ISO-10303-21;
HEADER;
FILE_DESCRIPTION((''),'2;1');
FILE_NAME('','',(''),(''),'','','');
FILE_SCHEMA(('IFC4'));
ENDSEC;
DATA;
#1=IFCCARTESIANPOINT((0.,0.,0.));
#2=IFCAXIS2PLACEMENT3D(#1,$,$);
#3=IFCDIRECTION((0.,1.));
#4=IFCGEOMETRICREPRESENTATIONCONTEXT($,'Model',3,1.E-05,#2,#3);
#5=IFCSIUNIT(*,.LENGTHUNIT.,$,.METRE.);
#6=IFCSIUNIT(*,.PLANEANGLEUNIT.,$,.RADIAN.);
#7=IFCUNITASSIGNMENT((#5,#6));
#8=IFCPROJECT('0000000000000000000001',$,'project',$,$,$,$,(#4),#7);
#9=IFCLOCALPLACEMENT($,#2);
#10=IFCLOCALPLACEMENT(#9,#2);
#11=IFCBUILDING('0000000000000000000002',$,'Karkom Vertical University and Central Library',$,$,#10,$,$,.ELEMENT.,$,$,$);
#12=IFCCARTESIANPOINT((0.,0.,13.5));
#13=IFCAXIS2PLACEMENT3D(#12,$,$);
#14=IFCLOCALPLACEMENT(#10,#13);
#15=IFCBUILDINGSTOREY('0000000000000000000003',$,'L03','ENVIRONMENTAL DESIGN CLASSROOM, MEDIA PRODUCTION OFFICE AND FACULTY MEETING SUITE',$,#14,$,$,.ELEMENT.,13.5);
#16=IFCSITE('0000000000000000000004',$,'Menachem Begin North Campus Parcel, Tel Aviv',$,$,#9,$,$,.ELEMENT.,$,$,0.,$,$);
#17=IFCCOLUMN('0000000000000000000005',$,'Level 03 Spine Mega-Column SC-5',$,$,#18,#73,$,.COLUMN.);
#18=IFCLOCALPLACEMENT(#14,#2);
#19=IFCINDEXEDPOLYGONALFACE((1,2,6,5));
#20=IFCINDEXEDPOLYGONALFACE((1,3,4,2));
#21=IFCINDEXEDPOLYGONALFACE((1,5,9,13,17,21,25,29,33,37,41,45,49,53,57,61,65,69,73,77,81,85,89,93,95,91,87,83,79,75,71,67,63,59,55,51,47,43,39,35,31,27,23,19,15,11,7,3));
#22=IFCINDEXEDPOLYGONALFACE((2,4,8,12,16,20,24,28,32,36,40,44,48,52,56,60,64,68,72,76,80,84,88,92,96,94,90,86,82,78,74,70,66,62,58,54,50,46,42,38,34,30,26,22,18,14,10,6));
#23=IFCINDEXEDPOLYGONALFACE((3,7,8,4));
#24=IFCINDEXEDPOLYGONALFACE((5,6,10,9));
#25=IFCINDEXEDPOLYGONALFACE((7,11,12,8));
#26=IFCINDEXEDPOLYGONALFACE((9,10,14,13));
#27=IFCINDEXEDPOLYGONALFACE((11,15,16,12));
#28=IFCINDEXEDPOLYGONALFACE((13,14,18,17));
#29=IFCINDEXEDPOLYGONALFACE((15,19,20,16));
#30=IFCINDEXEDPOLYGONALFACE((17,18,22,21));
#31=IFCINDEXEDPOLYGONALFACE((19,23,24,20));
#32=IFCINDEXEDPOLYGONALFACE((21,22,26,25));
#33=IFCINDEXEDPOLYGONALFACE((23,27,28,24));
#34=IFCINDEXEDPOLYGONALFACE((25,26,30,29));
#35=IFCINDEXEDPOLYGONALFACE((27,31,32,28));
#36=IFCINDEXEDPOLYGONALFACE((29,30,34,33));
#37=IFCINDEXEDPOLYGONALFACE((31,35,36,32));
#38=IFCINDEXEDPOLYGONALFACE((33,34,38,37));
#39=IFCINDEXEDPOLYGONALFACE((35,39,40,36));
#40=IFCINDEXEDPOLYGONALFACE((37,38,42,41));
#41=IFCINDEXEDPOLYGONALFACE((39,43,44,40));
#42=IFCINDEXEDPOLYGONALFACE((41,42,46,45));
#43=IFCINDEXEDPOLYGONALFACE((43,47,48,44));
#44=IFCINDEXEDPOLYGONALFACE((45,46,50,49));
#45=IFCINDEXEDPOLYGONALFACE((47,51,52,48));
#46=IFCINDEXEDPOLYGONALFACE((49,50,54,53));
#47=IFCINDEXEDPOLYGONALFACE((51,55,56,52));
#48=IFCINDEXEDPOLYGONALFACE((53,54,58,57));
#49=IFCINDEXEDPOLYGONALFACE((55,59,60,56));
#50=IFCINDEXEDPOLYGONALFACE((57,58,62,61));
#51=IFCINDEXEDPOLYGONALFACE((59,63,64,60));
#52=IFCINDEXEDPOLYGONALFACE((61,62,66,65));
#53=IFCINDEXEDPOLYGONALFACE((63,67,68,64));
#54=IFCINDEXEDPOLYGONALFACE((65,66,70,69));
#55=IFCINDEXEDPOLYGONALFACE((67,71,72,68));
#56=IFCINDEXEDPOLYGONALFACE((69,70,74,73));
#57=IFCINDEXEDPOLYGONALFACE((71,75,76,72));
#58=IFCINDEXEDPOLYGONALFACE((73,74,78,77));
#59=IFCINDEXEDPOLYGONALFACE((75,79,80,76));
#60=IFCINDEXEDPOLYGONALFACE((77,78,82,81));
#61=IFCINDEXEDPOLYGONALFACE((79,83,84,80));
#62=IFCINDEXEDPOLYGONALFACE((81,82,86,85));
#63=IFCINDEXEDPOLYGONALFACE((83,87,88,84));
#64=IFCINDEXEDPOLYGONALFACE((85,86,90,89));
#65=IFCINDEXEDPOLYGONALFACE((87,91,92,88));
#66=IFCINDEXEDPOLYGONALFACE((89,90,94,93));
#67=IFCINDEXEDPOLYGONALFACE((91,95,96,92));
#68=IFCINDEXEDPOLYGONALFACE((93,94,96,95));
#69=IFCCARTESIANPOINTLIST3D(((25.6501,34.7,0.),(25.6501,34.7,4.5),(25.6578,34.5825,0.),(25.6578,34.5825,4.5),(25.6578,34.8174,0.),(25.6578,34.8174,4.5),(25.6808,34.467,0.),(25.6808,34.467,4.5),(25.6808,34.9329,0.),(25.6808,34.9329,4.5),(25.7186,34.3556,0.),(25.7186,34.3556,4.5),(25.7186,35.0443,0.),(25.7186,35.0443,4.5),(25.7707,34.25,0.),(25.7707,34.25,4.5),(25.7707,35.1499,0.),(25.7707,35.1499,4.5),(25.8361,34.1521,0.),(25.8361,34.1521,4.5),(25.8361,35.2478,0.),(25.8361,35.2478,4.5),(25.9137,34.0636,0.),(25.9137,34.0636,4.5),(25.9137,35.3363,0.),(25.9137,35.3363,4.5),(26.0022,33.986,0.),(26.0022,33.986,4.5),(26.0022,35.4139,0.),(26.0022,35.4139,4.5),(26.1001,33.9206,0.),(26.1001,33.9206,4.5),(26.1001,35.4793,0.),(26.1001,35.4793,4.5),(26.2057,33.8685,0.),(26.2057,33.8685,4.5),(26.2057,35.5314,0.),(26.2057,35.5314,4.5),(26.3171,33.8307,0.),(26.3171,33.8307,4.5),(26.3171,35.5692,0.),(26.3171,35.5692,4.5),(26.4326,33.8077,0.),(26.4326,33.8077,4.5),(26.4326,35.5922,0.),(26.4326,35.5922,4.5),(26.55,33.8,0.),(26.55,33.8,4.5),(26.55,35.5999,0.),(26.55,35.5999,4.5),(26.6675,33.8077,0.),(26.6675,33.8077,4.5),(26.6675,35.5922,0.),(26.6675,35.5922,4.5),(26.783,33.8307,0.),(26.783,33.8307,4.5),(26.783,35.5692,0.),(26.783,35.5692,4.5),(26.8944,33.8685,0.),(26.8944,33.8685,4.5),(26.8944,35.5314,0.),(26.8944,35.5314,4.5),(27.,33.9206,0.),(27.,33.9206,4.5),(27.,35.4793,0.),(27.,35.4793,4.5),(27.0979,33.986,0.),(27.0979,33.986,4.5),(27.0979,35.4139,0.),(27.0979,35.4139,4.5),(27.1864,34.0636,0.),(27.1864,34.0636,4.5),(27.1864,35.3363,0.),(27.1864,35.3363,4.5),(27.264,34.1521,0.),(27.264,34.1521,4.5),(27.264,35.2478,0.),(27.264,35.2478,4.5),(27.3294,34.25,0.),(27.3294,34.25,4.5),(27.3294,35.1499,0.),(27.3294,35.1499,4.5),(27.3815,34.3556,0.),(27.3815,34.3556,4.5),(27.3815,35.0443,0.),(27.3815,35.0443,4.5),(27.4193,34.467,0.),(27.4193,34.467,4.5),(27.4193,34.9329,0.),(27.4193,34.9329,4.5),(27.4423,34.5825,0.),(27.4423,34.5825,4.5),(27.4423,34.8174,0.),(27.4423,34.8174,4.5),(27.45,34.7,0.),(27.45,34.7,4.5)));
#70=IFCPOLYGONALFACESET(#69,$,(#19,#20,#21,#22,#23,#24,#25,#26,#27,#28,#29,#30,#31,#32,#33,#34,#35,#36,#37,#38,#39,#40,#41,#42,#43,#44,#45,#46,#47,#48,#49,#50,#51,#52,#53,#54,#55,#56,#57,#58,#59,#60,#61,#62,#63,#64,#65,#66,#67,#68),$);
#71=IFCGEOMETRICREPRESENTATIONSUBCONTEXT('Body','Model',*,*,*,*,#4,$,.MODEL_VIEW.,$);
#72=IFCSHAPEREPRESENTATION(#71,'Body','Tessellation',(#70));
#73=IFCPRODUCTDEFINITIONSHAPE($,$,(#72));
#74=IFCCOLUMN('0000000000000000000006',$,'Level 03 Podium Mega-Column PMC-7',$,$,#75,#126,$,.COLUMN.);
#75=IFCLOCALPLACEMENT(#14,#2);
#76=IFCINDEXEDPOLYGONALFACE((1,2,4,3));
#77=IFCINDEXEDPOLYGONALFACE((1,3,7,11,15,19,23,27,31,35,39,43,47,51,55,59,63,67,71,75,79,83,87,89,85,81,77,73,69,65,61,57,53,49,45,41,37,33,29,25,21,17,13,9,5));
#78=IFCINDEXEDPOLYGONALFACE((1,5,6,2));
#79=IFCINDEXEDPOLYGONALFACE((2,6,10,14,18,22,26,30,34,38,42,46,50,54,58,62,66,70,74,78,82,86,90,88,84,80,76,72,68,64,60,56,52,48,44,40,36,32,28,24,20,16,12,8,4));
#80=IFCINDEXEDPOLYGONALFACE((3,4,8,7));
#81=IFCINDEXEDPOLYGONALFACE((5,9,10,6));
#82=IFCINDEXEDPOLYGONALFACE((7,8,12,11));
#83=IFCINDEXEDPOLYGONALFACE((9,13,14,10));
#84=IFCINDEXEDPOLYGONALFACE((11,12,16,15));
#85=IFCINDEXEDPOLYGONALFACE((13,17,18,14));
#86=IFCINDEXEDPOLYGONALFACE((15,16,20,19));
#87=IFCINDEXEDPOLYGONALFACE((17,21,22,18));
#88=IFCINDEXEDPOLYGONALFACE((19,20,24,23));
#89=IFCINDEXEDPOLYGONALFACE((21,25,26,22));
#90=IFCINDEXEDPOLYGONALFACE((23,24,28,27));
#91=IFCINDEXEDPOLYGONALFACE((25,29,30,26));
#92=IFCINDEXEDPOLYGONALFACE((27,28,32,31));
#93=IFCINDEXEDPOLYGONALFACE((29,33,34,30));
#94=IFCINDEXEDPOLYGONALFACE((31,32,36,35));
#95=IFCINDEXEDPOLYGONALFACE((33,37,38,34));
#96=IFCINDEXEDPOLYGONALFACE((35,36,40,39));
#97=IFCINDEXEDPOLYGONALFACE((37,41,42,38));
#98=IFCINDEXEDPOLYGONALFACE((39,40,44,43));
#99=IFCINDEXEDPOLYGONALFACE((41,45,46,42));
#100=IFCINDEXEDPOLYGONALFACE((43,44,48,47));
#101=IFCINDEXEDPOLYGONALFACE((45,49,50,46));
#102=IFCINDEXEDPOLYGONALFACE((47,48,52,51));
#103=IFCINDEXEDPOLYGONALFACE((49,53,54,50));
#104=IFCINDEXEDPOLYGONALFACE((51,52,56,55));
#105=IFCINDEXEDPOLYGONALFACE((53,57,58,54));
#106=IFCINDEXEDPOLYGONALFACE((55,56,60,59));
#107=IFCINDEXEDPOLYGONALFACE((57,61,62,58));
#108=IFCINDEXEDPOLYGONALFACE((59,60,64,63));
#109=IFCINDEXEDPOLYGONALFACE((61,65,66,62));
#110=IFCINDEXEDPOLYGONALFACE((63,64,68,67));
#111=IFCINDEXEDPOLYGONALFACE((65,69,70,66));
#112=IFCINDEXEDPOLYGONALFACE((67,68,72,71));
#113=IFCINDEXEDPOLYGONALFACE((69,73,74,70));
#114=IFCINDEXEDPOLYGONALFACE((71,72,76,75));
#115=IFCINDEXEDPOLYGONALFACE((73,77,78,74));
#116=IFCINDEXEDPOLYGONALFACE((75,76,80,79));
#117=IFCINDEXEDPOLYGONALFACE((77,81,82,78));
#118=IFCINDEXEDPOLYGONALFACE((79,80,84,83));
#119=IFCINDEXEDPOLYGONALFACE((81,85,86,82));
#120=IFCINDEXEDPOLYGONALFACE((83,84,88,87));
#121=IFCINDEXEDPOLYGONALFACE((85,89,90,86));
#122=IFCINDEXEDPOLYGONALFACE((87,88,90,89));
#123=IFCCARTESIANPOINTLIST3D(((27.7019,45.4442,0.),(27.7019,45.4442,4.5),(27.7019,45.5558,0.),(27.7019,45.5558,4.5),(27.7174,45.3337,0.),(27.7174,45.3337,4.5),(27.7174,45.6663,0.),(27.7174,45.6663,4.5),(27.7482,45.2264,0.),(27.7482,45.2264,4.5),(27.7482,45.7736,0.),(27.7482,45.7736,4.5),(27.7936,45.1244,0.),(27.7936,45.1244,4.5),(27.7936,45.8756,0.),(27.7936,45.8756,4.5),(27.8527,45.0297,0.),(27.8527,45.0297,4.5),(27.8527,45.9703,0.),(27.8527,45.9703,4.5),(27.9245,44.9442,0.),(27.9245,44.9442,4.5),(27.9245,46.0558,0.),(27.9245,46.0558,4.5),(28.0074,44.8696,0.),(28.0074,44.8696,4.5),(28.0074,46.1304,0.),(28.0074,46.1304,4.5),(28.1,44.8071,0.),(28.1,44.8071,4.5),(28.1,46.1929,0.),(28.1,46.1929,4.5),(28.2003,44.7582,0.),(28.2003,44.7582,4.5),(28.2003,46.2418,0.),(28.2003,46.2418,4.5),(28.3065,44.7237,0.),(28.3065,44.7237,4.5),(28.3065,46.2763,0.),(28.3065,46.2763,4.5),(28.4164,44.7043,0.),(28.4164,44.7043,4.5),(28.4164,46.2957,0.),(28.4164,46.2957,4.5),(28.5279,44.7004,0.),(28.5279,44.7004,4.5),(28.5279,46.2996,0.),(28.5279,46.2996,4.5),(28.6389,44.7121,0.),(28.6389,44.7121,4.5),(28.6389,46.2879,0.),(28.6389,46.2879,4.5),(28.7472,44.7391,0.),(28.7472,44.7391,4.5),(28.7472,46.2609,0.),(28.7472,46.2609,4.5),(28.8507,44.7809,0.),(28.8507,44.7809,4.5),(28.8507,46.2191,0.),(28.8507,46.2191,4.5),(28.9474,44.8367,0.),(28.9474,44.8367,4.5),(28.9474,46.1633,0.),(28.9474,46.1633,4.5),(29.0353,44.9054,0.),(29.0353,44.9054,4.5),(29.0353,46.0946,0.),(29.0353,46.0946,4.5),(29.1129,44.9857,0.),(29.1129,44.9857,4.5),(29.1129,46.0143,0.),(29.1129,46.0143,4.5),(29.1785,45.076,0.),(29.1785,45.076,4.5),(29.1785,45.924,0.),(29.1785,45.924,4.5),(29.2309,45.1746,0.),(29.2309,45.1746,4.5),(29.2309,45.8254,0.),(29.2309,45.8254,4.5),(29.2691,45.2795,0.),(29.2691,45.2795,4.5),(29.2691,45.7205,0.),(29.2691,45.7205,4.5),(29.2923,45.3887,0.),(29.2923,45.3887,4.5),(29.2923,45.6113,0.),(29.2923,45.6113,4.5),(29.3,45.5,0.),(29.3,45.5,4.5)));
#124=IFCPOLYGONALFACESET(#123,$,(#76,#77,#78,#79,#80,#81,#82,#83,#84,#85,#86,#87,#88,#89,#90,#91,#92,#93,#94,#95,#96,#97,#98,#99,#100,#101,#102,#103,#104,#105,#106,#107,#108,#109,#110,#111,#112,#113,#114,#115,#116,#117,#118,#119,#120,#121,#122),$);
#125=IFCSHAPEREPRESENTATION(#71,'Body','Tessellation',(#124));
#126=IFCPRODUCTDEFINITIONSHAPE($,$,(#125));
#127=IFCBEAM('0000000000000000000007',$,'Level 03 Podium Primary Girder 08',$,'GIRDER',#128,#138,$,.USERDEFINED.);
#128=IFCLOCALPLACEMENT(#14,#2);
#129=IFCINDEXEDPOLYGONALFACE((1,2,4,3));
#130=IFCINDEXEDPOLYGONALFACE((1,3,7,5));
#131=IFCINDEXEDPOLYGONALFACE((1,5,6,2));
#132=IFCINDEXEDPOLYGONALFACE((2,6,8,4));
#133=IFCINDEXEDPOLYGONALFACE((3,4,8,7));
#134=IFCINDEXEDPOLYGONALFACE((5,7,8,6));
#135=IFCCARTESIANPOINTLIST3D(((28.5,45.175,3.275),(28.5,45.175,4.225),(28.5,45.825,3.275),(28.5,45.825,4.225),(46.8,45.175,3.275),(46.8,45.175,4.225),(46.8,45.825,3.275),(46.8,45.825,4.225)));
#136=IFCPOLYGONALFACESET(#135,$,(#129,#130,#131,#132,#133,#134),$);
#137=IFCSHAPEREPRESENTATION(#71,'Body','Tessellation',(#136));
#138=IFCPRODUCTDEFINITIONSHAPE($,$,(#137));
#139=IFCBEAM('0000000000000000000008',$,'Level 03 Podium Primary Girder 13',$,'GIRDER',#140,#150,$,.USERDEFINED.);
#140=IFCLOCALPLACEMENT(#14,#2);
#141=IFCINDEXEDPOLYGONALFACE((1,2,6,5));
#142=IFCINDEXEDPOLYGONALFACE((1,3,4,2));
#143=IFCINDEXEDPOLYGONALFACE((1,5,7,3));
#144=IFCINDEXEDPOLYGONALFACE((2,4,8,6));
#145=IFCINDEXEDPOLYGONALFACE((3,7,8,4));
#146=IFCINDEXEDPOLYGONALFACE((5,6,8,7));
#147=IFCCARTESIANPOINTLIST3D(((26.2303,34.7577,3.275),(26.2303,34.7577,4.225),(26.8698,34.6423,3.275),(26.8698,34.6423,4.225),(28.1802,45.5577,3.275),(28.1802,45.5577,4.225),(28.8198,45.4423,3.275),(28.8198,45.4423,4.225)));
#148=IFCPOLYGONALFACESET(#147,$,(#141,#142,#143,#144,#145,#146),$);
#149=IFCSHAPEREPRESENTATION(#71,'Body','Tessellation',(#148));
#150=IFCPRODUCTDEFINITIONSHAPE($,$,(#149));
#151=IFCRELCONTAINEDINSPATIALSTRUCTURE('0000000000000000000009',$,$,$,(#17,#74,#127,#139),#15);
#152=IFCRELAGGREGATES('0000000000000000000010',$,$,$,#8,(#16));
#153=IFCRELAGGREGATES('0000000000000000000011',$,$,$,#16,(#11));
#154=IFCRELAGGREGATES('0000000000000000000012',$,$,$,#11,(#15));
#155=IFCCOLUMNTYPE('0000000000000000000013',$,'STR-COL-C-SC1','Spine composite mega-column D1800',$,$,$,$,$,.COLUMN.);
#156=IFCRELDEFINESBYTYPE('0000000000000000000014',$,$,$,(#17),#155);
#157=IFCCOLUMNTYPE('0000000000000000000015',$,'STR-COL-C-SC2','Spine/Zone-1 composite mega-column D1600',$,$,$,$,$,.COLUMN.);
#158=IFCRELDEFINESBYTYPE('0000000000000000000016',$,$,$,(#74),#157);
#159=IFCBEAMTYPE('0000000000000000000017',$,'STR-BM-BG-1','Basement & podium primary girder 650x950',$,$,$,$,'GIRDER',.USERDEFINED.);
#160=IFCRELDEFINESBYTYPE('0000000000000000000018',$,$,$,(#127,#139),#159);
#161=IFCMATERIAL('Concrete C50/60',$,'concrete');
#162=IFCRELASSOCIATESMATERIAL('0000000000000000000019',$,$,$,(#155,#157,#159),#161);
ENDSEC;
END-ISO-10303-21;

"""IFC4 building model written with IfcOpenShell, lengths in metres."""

from ifc_helpers import new_model, si_unit, direction, frame, origin, origin_with_axes, origin_2d, place, context, subcontext, project, spatial, rectangle, circle, extrude, source, transform, mapped, material, material_profile, profile_set, type_object, element, save


model = new_model("IFC4")

# Units and contexts
model_context = context("Model", 3, precision=1e-05, world=origin(), true_north=direction((0.0, 1.0)))
body_context = subcontext(model_context, "Body", "Model", "MODEL_VIEW")
ifc_project = project(units=[si_unit("LENGTHUNIT", "METRE"), si_unit("PLANEANGLEUNIT", "RADIAN")], contexts=[model_context])

# Site, building, storey
site_placement = place(None, origin())
site = spatial("IfcSite", under=ifc_project, at=site_placement, Name="Menachem Begin North Campus Parcel, Tel Aviv", CompositionType="ELEMENT", RefElevation=0.0)
building_placement = place(site_placement, origin())
building = spatial("IfcBuilding", under=site, at=building_placement, Name="Karkom Vertical University and Central Library", CompositionType="ELEMENT")
storey_placement = place(building_placement, frame((0.0, 0.0, 13.5)))
storey = spatial("IfcBuildingStorey", under=building, at=storey_placement, Name="L03", Description="ENVIRONMENTAL DESIGN CLASSROOM, MEDIA PRODUCTION OFFICE AND FACULTY MEETING SUITE", CompositionType="ELEMENT", Elevation=13.5)

# Columns
ifc_material_1 = material(Name="Concrete C50/60", Category="concrete")
ifc_material_profile_1 = material_profile(ifc_material_1, circle(Radius=0.8999, at=origin_2d()), Name="CFT-D1800")
ifc_profile_set_1 = profile_set([ifc_material_profile_1], Name="Concrete C50/60")
column_type_1 = type_object("IfcColumnType", Name="STR-COL-C-SC1", Description="Spine composite mega-column D1800", PredefinedType="COLUMN", material=ifc_profile_set_1)
shared_shape_1 = source(origin_with_axes(), body_context, "Body", "SweptSolid", [
    extrude(circle(Radius=0.8999, at=origin_2d()), origin(), (0.0, 0.0, 1.0), 4.5),
])
column_1_placement = place(storey_placement, frame((26.55, 34.7, 0.0), z_axis=(0.0, 0.0, 1.0), x_axis=(1.0, 0.0, 0.0)))
element("IfcColumn", 1, at=column_1_placement, inside=storey, type_object=column_type_1, Name="Level 03 Spine Mega-Column SC-5", PredefinedType="COLUMN", context=body_context, shape_type="MappedRepresentation", body=[
    mapped(shared_shape_1, transform((0.0, 0.0, 0.0), scale=1.0)),
])
ifc_material_profile_2 = material_profile(ifc_material_1, circle(Radius=0.8, at=origin_2d()), Name="CFT-D1600")
ifc_profile_set_2 = profile_set([ifc_material_profile_2], Name="Concrete C50/60")
column_type_2 = type_object("IfcColumnType", Name="STR-COL-C-SC2", Description="Spine/Zone-1 composite mega-column D1600", PredefinedType="COLUMN", material=ifc_profile_set_2)
shared_shape_2 = source(origin_with_axes(), body_context, "Body", "SweptSolid", [
    extrude(circle(Radius=0.8, at=origin_2d()), origin(), (0.0, 0.0, 1.0), 4.5),
])
column_2_placement = place(storey_placement, frame((28.5, 45.5, 0.0), z_axis=(0.0, 0.0, 1.0), x_axis=(1.0, 0.0, 0.0)))
element("IfcColumn", 2, at=column_2_placement, inside=storey, type_object=column_type_2, Name="Level 03 Podium Mega-Column PMC-7", PredefinedType="COLUMN", context=body_context, shape_type="MappedRepresentation", body=[
    mapped(shared_shape_2, transform((0.0, 0.0, 0.0), scale=1.0)),
])

# Beams
ifc_material_profile_3 = material_profile(ifc_material_1, rectangle(XDim=0.6499, YDim=0.95, at=origin_2d()), Name="RCG-650x950")
ifc_profile_set_3 = profile_set([ifc_material_profile_3], Name="Concrete C50/60")
beam_type = type_object("IfcBeamType", Name="STR-BM-BG-1", Description="Basement & podium primary girder 650x950", ElementType="GIRDER", PredefinedType="USERDEFINED", material=ifc_profile_set_3)
shared_shape_3 = source(origin_with_axes(), body_context, "Body", "SweptSolid", [
    extrude(rectangle(XDim=0.6499, YDim=0.95, at=origin_2d()), origin(), (0.0, 0.0, 1.0), 18.3),
])
beam_1_placement = place(storey_placement, frame((28.5, 45.5, 3.75), z_axis=(1.0, 0.0, 0.0), x_axis=(0.0, 1.0, 0.0)))
element("IfcBeam", 3, at=beam_1_placement, inside=storey, type_object=beam_type, Name="Level 03 Podium Primary Girder 08", ObjectType="GIRDER", PredefinedType="USERDEFINED", context=body_context, shape_type="MappedRepresentation", body=[
    mapped(shared_shape_3, transform((0.0, 0.0, 0.0), scale=1.0)),
])
shared_shape_4 = source(origin_with_axes(), body_context, "Body", "SweptSolid", [
    extrude(rectangle(XDim=0.6499, YDim=0.95, at=origin_2d()), origin(), (0.0, 0.0, 1.0), 10.9746),
])
beam_2_placement = place(storey_placement, frame((28.5, 45.5, 3.75), z_axis=(-0.177677, -0.984089, 0.0), x_axis=(0.984089, -0.177677, 0.0)))
element("IfcBeam", 4, at=beam_2_placement, inside=storey, type_object=beam_type, Name="Level 03 Podium Primary Girder 13", ObjectType="GIRDER", PredefinedType="USERDEFINED", context=body_context, shape_type="MappedRepresentation", body=[
    mapped(shared_shape_4, transform((0.0, 0.0, 0.0), scale=1.0)),
])

save(model, "model.ifc")
